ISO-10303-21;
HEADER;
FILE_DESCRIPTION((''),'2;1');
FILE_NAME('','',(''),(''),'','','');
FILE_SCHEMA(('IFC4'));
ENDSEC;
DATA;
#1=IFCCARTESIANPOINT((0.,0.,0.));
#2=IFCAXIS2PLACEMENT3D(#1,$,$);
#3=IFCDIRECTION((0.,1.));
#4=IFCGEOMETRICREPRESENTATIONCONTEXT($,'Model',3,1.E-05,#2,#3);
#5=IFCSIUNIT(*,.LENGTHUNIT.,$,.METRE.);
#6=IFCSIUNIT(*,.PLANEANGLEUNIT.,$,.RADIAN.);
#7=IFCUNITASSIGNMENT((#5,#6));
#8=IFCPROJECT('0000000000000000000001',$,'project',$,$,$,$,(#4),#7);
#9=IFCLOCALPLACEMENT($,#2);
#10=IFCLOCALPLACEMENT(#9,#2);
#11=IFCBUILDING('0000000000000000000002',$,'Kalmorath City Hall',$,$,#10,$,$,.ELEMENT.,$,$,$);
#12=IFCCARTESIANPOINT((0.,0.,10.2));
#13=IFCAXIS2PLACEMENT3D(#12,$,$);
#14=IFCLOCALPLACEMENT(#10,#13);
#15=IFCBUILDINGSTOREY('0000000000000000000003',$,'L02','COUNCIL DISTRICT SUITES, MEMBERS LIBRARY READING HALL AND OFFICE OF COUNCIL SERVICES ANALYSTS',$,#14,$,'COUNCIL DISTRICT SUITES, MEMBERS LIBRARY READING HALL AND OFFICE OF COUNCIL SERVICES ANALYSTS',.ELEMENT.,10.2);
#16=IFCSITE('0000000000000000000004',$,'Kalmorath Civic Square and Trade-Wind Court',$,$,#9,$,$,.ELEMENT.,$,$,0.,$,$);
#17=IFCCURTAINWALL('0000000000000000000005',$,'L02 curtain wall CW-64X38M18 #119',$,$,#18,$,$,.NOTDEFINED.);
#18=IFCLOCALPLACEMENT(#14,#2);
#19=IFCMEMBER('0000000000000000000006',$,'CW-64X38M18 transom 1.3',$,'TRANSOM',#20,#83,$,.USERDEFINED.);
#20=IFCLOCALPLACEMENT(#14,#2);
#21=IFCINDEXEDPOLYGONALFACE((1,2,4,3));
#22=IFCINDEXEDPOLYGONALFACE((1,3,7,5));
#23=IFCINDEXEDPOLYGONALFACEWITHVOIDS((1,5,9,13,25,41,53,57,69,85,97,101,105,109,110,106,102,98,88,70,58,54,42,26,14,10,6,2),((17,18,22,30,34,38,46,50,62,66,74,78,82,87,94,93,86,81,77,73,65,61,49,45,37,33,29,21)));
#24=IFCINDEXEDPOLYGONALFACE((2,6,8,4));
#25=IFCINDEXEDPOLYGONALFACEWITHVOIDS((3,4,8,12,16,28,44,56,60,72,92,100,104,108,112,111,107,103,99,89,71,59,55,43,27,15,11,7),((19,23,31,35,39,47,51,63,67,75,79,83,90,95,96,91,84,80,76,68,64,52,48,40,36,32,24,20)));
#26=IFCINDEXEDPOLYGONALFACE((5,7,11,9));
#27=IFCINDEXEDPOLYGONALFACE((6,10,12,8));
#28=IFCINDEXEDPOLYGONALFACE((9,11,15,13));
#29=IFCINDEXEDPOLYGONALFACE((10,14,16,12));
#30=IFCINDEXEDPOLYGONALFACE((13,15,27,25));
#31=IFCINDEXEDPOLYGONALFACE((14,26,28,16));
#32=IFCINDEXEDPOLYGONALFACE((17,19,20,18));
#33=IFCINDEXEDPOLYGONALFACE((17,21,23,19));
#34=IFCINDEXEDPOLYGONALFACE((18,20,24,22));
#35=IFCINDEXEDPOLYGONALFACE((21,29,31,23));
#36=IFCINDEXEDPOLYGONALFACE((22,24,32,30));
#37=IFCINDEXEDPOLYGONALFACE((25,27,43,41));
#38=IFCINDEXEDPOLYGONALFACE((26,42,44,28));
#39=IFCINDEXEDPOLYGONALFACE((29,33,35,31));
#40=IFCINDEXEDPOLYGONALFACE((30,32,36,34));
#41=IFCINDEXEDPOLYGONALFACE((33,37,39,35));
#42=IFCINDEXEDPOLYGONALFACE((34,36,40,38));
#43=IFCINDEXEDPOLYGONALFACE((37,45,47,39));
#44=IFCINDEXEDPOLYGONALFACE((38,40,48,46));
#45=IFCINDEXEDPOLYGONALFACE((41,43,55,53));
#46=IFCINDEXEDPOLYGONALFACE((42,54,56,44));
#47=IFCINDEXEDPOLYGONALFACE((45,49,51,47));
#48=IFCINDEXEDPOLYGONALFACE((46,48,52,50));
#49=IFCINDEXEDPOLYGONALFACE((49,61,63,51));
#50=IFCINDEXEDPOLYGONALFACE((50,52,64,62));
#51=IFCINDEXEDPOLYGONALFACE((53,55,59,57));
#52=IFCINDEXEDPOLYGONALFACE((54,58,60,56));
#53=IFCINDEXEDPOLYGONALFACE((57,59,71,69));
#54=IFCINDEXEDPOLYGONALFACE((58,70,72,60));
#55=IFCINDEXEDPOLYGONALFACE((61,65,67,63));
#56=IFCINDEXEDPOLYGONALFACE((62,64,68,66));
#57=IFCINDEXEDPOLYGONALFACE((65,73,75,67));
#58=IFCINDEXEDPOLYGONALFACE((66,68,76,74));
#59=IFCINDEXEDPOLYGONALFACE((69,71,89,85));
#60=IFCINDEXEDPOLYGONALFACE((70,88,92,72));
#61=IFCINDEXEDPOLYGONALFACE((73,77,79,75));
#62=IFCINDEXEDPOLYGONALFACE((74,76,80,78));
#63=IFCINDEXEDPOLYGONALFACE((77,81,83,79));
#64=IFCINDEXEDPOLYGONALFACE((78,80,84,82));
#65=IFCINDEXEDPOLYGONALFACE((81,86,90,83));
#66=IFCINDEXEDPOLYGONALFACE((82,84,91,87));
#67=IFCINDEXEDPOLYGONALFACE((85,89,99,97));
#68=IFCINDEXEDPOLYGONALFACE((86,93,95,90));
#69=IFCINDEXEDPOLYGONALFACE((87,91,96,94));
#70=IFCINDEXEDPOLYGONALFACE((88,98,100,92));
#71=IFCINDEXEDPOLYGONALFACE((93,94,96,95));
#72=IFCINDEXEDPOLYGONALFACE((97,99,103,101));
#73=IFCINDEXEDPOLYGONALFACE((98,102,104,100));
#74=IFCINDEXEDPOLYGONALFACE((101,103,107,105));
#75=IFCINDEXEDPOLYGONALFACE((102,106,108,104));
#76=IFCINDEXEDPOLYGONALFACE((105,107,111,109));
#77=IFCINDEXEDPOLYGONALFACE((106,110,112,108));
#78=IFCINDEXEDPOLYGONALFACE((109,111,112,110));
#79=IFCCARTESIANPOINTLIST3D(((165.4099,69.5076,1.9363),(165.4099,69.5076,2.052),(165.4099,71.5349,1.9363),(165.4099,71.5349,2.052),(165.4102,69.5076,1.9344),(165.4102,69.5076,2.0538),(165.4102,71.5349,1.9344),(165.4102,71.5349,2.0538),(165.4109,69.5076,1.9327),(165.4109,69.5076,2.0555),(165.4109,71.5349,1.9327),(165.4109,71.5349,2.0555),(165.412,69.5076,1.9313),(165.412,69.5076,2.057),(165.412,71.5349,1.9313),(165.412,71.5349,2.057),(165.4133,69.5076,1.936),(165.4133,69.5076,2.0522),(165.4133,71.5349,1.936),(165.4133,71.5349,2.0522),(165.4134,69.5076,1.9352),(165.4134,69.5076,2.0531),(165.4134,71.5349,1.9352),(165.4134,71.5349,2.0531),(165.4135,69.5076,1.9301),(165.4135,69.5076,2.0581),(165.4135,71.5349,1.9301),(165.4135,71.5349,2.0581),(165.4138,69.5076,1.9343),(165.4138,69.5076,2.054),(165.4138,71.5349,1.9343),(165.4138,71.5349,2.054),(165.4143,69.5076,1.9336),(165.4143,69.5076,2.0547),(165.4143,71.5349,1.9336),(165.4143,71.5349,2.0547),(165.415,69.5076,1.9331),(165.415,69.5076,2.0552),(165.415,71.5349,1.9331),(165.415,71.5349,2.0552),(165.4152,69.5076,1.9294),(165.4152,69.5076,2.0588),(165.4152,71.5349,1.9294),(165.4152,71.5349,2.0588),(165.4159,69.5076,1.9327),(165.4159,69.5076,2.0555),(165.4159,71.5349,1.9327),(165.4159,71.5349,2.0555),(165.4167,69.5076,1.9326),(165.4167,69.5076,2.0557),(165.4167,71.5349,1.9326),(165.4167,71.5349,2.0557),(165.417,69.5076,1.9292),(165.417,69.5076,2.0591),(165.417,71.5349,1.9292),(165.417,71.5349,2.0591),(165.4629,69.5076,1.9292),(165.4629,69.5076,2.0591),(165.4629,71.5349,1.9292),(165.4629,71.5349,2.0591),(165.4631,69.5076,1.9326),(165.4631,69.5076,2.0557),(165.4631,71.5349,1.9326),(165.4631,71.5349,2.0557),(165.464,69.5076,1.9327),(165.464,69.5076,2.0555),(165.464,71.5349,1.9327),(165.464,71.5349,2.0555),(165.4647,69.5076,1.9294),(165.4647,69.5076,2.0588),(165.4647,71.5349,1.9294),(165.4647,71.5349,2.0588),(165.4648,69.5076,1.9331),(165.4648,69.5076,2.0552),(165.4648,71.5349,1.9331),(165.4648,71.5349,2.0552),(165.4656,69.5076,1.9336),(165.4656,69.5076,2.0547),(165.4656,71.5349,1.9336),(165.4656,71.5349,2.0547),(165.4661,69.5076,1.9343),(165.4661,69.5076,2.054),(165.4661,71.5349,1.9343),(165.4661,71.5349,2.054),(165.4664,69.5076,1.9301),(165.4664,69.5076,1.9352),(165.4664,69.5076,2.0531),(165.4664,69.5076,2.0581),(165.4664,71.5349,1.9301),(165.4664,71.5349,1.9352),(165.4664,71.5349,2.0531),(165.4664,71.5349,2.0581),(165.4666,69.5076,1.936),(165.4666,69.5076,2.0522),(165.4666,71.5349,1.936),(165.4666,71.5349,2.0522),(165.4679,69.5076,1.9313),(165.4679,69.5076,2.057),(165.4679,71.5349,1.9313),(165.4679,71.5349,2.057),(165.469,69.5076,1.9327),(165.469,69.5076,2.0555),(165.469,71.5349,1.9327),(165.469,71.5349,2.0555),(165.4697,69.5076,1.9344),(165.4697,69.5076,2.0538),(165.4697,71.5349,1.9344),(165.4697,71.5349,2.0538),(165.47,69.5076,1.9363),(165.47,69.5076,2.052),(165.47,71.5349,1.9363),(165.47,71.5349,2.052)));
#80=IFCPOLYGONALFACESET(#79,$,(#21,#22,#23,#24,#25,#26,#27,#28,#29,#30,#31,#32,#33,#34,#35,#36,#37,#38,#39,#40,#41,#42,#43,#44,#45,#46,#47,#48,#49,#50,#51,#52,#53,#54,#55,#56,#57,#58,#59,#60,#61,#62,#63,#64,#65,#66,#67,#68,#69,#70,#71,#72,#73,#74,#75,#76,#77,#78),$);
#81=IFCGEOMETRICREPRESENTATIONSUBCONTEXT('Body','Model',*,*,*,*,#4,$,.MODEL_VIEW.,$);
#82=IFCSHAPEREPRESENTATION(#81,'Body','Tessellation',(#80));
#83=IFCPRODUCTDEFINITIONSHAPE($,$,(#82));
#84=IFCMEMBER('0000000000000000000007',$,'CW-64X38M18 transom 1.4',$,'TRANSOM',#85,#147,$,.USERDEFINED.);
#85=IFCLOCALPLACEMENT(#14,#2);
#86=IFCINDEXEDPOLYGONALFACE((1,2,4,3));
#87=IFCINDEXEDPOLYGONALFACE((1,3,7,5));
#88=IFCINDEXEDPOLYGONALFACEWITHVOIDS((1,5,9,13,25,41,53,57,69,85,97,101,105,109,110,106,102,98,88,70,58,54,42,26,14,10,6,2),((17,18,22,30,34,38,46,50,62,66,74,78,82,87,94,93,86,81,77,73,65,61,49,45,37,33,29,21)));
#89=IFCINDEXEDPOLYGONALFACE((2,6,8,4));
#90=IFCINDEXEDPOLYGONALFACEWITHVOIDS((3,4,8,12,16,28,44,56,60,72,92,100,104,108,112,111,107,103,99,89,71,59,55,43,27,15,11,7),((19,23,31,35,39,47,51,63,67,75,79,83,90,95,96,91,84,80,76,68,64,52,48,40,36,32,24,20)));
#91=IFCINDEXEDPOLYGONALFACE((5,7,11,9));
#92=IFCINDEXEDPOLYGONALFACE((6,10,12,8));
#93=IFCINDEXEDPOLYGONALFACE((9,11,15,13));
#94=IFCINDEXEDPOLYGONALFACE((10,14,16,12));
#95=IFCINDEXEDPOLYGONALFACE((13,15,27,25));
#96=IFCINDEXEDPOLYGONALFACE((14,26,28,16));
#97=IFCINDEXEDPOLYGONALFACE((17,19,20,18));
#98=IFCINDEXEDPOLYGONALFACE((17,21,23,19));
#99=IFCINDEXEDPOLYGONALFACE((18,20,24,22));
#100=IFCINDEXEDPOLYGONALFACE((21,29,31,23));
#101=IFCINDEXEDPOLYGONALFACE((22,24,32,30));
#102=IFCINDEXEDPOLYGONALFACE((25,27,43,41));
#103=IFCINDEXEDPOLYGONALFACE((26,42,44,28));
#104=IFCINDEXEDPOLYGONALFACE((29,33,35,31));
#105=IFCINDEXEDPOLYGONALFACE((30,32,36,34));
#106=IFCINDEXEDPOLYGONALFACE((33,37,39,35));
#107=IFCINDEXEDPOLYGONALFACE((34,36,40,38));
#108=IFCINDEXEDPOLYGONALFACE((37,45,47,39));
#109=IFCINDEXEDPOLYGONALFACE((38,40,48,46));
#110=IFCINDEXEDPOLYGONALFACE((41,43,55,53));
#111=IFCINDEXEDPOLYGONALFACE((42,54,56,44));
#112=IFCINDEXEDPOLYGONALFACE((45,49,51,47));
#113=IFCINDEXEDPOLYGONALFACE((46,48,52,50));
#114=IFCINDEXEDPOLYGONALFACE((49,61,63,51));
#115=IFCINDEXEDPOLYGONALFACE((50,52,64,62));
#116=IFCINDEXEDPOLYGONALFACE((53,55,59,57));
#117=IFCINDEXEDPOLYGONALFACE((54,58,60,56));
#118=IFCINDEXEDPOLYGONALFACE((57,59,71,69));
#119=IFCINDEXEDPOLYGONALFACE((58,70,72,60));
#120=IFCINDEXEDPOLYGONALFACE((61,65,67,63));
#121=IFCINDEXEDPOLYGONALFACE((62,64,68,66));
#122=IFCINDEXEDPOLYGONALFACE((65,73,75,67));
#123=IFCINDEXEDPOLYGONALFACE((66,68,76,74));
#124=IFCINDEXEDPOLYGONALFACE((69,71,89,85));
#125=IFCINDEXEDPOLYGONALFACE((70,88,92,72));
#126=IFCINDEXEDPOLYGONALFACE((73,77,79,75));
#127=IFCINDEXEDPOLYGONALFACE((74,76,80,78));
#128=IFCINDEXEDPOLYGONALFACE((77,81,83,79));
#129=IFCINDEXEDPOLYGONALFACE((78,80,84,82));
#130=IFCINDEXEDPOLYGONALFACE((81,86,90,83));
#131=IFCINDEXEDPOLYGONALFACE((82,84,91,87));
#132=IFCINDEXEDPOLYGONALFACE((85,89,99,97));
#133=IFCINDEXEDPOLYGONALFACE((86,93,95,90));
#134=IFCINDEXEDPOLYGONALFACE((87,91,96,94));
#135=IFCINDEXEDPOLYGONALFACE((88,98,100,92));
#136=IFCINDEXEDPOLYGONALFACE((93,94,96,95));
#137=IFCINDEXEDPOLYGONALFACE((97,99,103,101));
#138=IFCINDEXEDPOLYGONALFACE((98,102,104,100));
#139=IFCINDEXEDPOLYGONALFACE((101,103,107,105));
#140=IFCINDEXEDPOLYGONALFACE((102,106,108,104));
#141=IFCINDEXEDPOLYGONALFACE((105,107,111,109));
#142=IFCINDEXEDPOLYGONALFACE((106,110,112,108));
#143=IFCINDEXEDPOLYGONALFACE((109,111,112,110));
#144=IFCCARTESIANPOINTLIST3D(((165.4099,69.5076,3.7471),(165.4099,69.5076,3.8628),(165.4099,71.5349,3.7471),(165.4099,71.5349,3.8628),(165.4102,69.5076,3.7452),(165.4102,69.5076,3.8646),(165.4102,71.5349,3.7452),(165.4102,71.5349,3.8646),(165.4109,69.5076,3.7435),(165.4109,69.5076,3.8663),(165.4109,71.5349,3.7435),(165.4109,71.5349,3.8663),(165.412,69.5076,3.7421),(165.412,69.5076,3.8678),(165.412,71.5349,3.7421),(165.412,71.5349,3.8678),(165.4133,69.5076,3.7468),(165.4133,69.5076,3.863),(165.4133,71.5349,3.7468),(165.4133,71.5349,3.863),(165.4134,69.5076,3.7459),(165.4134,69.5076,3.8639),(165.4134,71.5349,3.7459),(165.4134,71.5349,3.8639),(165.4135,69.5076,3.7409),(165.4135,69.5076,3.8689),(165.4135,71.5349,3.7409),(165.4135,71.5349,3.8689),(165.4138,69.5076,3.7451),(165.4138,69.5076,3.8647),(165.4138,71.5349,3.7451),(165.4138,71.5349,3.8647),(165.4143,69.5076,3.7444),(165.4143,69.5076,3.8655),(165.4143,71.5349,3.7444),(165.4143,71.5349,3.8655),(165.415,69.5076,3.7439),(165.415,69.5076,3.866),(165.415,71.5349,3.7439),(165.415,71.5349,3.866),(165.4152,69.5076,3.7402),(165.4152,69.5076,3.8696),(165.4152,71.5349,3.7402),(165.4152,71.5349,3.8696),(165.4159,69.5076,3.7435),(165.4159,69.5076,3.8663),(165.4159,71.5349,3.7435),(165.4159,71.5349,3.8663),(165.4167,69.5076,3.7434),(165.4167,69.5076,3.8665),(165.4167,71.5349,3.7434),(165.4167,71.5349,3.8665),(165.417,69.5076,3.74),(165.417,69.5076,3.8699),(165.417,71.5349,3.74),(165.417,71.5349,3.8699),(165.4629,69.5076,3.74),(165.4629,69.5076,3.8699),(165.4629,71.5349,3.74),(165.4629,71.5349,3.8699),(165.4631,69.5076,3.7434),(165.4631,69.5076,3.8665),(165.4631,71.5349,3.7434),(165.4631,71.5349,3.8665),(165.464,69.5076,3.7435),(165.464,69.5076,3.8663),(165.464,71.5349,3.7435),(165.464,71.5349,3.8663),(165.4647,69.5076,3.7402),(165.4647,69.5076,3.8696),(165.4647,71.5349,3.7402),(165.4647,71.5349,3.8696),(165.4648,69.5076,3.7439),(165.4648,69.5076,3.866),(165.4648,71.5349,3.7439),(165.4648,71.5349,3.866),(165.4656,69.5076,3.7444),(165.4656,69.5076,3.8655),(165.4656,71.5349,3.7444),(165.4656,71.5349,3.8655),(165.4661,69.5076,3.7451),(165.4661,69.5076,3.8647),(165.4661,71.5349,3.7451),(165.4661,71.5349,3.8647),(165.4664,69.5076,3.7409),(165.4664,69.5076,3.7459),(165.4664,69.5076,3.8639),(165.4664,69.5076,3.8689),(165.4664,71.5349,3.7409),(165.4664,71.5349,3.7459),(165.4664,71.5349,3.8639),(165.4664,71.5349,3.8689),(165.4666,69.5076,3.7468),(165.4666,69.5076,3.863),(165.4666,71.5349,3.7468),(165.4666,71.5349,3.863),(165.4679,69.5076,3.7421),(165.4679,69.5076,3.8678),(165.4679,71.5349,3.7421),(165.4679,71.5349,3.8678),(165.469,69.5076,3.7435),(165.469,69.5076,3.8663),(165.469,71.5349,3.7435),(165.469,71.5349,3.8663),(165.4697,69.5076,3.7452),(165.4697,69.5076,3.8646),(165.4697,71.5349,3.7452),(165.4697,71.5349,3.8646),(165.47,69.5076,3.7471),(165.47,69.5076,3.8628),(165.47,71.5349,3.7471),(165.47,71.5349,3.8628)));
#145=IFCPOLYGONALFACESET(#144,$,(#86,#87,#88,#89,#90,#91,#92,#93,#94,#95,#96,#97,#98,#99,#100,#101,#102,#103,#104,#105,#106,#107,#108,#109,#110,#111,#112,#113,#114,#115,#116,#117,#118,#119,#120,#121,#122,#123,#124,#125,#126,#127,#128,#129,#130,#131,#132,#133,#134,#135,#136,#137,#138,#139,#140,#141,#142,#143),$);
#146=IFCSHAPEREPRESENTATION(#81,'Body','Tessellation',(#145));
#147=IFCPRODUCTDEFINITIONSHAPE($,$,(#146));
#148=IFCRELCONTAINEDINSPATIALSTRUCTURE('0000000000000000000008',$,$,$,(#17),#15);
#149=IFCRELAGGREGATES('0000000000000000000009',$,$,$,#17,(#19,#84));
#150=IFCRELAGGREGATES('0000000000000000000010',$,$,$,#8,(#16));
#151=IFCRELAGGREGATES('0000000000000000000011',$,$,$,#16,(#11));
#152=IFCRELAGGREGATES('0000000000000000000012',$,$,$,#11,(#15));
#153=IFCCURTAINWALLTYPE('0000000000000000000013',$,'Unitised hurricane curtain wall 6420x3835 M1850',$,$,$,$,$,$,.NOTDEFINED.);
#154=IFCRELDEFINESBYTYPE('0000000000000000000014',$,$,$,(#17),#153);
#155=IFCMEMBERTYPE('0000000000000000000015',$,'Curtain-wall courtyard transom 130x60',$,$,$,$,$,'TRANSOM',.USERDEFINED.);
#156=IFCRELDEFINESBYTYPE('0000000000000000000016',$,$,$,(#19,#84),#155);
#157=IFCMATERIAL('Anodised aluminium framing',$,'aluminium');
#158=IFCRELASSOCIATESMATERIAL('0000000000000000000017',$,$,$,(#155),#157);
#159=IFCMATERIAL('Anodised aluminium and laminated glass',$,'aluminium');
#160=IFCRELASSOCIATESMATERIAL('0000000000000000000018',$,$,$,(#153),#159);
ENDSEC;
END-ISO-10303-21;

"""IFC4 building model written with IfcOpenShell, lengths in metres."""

from ifc_helpers import new_model, si_unit, direction, frame, origin, origin_2d, place, context, subcontext, project, spatial, hollow_rectangle, extrude, material, material_profile, profile_set, type_object, element, aggregate, save


model = new_model("IFC4")

# Units and contexts
model_context = context("Model", 3, precision=1e-05, world=origin(), true_north=direction((0.0, 1.0)))
body_context = subcontext(model_context, "Body", "Model", "MODEL_VIEW")
ifc_project = project(units=[si_unit("LENGTHUNIT", "METRE"), si_unit("PLANEANGLEUNIT", "RADIAN")], contexts=[model_context])

# Site, building, storey
site_placement = place(None, origin())
site = spatial("IfcSite", under=ifc_project, at=site_placement, Name="Kalmorath Civic Square and Trade-Wind Court", CompositionType="ELEMENT", RefElevation=0.0)
building_placement = place(site_placement, origin())
building = spatial("IfcBuilding", under=site, at=building_placement, Name="Kalmorath City Hall", CompositionType="ELEMENT")
storey_placement = place(building_placement, frame((0.0, 0.0, 10.2)))
storey = spatial("IfcBuildingStorey", under=building, at=storey_placement, Name="L02", Description="COUNCIL DISTRICT SUITES, MEMBERS LIBRARY READING HALL AND OFFICE OF COUNCIL SERVICES ANALYSTS", LongName="COUNCIL DISTRICT SUITES, MEMBERS LIBRARY READING HALL AND OFFICE OF COUNCIL SERVICES ANALYSTS", CompositionType="ELEMENT", Elevation=10.2)

# Curtain wall, members
ifc_material_1 = material(Name="Anodised aluminium framing", Category="aluminium")
ifc_material_profile_1 = material_profile(ifc_material_1, hollow_rectangle(XDim=0.0601, YDim=0.1299, WallThickness=0.0034, InnerFilletRadius=0.0034, OuterFilletRadius=0.0071, at=origin_2d()), Name="ALU-TRN-130X60X3.5")
ifc_profile_set_1 = profile_set([ifc_material_profile_1], Name="Anodised aluminium framing")
member_type_1 = type_object("IfcMemberType", Name="Curtain-wall courtyard transom 130x60", ElementType="TRANSOM", PredefinedType="USERDEFINED", material=ifc_profile_set_1)
ifc_material_2 = material(Name="Anodised aluminium and laminated glass", Category="aluminium")
curtain_wall_type_1 = type_object("IfcCurtainWallType", Name="Unitised hurricane curtain wall 6420x3835 M1850", PredefinedType="NOTDEFINED", material=ifc_material_2)
curtain_wall_1_placement = place(storey_placement, origin())
curtain_wall_1 = element("IfcCurtainWall", 1, at=curtain_wall_1_placement, inside=storey, type_object=curtain_wall_type_1, Name="L02 curtain wall CW-64X38M18 #119", PredefinedType="NOTDEFINED")
member_1_placement = place(storey_placement, frame((165.4399, 71.5349, 1.9941), z_axis=(0.0, -1.0, 0.0), x_axis=(1.0, 0.0, 0.0)))
member_1 = element("IfcMember", 2, at=member_1_placement, type_object=member_type_1, Name="CW-64X38M18 transom 1.3", ObjectType="TRANSOM", PredefinedType="USERDEFINED", context=body_context, shape_type="SweptSolid", body=[
    extrude(hollow_rectangle(XDim=0.0601, YDim=0.1299, WallThickness=0.0034, InnerFilletRadius=0.0034, OuterFilletRadius=0.0071, at=origin_2d()), origin(), (0.0, 0.0, 1.0), 2.0273),
])
member_2_placement = place(storey_placement, frame((165.4399, 71.5349, 3.8049), z_axis=(0.0, -1.0, 0.0), x_axis=(1.0, 0.0, 0.0)))
member_2 = element("IfcMember", 3, at=member_2_placement, type_object=member_type_1, Name="CW-64X38M18 transom 1.4", ObjectType="TRANSOM", PredefinedType="USERDEFINED", context=body_context, shape_type="SweptSolid", body=[
    extrude(hollow_rectangle(XDim=0.0601, YDim=0.1299, WallThickness=0.0034, InnerFilletRadius=0.0034, OuterFilletRadius=0.0071, at=origin_2d()), origin(), (0.0, 0.0, 1.0), 2.0273),
])

aggregate(curtain_wall_1, [member_1, member_2])

save(model, "model.ifc")
